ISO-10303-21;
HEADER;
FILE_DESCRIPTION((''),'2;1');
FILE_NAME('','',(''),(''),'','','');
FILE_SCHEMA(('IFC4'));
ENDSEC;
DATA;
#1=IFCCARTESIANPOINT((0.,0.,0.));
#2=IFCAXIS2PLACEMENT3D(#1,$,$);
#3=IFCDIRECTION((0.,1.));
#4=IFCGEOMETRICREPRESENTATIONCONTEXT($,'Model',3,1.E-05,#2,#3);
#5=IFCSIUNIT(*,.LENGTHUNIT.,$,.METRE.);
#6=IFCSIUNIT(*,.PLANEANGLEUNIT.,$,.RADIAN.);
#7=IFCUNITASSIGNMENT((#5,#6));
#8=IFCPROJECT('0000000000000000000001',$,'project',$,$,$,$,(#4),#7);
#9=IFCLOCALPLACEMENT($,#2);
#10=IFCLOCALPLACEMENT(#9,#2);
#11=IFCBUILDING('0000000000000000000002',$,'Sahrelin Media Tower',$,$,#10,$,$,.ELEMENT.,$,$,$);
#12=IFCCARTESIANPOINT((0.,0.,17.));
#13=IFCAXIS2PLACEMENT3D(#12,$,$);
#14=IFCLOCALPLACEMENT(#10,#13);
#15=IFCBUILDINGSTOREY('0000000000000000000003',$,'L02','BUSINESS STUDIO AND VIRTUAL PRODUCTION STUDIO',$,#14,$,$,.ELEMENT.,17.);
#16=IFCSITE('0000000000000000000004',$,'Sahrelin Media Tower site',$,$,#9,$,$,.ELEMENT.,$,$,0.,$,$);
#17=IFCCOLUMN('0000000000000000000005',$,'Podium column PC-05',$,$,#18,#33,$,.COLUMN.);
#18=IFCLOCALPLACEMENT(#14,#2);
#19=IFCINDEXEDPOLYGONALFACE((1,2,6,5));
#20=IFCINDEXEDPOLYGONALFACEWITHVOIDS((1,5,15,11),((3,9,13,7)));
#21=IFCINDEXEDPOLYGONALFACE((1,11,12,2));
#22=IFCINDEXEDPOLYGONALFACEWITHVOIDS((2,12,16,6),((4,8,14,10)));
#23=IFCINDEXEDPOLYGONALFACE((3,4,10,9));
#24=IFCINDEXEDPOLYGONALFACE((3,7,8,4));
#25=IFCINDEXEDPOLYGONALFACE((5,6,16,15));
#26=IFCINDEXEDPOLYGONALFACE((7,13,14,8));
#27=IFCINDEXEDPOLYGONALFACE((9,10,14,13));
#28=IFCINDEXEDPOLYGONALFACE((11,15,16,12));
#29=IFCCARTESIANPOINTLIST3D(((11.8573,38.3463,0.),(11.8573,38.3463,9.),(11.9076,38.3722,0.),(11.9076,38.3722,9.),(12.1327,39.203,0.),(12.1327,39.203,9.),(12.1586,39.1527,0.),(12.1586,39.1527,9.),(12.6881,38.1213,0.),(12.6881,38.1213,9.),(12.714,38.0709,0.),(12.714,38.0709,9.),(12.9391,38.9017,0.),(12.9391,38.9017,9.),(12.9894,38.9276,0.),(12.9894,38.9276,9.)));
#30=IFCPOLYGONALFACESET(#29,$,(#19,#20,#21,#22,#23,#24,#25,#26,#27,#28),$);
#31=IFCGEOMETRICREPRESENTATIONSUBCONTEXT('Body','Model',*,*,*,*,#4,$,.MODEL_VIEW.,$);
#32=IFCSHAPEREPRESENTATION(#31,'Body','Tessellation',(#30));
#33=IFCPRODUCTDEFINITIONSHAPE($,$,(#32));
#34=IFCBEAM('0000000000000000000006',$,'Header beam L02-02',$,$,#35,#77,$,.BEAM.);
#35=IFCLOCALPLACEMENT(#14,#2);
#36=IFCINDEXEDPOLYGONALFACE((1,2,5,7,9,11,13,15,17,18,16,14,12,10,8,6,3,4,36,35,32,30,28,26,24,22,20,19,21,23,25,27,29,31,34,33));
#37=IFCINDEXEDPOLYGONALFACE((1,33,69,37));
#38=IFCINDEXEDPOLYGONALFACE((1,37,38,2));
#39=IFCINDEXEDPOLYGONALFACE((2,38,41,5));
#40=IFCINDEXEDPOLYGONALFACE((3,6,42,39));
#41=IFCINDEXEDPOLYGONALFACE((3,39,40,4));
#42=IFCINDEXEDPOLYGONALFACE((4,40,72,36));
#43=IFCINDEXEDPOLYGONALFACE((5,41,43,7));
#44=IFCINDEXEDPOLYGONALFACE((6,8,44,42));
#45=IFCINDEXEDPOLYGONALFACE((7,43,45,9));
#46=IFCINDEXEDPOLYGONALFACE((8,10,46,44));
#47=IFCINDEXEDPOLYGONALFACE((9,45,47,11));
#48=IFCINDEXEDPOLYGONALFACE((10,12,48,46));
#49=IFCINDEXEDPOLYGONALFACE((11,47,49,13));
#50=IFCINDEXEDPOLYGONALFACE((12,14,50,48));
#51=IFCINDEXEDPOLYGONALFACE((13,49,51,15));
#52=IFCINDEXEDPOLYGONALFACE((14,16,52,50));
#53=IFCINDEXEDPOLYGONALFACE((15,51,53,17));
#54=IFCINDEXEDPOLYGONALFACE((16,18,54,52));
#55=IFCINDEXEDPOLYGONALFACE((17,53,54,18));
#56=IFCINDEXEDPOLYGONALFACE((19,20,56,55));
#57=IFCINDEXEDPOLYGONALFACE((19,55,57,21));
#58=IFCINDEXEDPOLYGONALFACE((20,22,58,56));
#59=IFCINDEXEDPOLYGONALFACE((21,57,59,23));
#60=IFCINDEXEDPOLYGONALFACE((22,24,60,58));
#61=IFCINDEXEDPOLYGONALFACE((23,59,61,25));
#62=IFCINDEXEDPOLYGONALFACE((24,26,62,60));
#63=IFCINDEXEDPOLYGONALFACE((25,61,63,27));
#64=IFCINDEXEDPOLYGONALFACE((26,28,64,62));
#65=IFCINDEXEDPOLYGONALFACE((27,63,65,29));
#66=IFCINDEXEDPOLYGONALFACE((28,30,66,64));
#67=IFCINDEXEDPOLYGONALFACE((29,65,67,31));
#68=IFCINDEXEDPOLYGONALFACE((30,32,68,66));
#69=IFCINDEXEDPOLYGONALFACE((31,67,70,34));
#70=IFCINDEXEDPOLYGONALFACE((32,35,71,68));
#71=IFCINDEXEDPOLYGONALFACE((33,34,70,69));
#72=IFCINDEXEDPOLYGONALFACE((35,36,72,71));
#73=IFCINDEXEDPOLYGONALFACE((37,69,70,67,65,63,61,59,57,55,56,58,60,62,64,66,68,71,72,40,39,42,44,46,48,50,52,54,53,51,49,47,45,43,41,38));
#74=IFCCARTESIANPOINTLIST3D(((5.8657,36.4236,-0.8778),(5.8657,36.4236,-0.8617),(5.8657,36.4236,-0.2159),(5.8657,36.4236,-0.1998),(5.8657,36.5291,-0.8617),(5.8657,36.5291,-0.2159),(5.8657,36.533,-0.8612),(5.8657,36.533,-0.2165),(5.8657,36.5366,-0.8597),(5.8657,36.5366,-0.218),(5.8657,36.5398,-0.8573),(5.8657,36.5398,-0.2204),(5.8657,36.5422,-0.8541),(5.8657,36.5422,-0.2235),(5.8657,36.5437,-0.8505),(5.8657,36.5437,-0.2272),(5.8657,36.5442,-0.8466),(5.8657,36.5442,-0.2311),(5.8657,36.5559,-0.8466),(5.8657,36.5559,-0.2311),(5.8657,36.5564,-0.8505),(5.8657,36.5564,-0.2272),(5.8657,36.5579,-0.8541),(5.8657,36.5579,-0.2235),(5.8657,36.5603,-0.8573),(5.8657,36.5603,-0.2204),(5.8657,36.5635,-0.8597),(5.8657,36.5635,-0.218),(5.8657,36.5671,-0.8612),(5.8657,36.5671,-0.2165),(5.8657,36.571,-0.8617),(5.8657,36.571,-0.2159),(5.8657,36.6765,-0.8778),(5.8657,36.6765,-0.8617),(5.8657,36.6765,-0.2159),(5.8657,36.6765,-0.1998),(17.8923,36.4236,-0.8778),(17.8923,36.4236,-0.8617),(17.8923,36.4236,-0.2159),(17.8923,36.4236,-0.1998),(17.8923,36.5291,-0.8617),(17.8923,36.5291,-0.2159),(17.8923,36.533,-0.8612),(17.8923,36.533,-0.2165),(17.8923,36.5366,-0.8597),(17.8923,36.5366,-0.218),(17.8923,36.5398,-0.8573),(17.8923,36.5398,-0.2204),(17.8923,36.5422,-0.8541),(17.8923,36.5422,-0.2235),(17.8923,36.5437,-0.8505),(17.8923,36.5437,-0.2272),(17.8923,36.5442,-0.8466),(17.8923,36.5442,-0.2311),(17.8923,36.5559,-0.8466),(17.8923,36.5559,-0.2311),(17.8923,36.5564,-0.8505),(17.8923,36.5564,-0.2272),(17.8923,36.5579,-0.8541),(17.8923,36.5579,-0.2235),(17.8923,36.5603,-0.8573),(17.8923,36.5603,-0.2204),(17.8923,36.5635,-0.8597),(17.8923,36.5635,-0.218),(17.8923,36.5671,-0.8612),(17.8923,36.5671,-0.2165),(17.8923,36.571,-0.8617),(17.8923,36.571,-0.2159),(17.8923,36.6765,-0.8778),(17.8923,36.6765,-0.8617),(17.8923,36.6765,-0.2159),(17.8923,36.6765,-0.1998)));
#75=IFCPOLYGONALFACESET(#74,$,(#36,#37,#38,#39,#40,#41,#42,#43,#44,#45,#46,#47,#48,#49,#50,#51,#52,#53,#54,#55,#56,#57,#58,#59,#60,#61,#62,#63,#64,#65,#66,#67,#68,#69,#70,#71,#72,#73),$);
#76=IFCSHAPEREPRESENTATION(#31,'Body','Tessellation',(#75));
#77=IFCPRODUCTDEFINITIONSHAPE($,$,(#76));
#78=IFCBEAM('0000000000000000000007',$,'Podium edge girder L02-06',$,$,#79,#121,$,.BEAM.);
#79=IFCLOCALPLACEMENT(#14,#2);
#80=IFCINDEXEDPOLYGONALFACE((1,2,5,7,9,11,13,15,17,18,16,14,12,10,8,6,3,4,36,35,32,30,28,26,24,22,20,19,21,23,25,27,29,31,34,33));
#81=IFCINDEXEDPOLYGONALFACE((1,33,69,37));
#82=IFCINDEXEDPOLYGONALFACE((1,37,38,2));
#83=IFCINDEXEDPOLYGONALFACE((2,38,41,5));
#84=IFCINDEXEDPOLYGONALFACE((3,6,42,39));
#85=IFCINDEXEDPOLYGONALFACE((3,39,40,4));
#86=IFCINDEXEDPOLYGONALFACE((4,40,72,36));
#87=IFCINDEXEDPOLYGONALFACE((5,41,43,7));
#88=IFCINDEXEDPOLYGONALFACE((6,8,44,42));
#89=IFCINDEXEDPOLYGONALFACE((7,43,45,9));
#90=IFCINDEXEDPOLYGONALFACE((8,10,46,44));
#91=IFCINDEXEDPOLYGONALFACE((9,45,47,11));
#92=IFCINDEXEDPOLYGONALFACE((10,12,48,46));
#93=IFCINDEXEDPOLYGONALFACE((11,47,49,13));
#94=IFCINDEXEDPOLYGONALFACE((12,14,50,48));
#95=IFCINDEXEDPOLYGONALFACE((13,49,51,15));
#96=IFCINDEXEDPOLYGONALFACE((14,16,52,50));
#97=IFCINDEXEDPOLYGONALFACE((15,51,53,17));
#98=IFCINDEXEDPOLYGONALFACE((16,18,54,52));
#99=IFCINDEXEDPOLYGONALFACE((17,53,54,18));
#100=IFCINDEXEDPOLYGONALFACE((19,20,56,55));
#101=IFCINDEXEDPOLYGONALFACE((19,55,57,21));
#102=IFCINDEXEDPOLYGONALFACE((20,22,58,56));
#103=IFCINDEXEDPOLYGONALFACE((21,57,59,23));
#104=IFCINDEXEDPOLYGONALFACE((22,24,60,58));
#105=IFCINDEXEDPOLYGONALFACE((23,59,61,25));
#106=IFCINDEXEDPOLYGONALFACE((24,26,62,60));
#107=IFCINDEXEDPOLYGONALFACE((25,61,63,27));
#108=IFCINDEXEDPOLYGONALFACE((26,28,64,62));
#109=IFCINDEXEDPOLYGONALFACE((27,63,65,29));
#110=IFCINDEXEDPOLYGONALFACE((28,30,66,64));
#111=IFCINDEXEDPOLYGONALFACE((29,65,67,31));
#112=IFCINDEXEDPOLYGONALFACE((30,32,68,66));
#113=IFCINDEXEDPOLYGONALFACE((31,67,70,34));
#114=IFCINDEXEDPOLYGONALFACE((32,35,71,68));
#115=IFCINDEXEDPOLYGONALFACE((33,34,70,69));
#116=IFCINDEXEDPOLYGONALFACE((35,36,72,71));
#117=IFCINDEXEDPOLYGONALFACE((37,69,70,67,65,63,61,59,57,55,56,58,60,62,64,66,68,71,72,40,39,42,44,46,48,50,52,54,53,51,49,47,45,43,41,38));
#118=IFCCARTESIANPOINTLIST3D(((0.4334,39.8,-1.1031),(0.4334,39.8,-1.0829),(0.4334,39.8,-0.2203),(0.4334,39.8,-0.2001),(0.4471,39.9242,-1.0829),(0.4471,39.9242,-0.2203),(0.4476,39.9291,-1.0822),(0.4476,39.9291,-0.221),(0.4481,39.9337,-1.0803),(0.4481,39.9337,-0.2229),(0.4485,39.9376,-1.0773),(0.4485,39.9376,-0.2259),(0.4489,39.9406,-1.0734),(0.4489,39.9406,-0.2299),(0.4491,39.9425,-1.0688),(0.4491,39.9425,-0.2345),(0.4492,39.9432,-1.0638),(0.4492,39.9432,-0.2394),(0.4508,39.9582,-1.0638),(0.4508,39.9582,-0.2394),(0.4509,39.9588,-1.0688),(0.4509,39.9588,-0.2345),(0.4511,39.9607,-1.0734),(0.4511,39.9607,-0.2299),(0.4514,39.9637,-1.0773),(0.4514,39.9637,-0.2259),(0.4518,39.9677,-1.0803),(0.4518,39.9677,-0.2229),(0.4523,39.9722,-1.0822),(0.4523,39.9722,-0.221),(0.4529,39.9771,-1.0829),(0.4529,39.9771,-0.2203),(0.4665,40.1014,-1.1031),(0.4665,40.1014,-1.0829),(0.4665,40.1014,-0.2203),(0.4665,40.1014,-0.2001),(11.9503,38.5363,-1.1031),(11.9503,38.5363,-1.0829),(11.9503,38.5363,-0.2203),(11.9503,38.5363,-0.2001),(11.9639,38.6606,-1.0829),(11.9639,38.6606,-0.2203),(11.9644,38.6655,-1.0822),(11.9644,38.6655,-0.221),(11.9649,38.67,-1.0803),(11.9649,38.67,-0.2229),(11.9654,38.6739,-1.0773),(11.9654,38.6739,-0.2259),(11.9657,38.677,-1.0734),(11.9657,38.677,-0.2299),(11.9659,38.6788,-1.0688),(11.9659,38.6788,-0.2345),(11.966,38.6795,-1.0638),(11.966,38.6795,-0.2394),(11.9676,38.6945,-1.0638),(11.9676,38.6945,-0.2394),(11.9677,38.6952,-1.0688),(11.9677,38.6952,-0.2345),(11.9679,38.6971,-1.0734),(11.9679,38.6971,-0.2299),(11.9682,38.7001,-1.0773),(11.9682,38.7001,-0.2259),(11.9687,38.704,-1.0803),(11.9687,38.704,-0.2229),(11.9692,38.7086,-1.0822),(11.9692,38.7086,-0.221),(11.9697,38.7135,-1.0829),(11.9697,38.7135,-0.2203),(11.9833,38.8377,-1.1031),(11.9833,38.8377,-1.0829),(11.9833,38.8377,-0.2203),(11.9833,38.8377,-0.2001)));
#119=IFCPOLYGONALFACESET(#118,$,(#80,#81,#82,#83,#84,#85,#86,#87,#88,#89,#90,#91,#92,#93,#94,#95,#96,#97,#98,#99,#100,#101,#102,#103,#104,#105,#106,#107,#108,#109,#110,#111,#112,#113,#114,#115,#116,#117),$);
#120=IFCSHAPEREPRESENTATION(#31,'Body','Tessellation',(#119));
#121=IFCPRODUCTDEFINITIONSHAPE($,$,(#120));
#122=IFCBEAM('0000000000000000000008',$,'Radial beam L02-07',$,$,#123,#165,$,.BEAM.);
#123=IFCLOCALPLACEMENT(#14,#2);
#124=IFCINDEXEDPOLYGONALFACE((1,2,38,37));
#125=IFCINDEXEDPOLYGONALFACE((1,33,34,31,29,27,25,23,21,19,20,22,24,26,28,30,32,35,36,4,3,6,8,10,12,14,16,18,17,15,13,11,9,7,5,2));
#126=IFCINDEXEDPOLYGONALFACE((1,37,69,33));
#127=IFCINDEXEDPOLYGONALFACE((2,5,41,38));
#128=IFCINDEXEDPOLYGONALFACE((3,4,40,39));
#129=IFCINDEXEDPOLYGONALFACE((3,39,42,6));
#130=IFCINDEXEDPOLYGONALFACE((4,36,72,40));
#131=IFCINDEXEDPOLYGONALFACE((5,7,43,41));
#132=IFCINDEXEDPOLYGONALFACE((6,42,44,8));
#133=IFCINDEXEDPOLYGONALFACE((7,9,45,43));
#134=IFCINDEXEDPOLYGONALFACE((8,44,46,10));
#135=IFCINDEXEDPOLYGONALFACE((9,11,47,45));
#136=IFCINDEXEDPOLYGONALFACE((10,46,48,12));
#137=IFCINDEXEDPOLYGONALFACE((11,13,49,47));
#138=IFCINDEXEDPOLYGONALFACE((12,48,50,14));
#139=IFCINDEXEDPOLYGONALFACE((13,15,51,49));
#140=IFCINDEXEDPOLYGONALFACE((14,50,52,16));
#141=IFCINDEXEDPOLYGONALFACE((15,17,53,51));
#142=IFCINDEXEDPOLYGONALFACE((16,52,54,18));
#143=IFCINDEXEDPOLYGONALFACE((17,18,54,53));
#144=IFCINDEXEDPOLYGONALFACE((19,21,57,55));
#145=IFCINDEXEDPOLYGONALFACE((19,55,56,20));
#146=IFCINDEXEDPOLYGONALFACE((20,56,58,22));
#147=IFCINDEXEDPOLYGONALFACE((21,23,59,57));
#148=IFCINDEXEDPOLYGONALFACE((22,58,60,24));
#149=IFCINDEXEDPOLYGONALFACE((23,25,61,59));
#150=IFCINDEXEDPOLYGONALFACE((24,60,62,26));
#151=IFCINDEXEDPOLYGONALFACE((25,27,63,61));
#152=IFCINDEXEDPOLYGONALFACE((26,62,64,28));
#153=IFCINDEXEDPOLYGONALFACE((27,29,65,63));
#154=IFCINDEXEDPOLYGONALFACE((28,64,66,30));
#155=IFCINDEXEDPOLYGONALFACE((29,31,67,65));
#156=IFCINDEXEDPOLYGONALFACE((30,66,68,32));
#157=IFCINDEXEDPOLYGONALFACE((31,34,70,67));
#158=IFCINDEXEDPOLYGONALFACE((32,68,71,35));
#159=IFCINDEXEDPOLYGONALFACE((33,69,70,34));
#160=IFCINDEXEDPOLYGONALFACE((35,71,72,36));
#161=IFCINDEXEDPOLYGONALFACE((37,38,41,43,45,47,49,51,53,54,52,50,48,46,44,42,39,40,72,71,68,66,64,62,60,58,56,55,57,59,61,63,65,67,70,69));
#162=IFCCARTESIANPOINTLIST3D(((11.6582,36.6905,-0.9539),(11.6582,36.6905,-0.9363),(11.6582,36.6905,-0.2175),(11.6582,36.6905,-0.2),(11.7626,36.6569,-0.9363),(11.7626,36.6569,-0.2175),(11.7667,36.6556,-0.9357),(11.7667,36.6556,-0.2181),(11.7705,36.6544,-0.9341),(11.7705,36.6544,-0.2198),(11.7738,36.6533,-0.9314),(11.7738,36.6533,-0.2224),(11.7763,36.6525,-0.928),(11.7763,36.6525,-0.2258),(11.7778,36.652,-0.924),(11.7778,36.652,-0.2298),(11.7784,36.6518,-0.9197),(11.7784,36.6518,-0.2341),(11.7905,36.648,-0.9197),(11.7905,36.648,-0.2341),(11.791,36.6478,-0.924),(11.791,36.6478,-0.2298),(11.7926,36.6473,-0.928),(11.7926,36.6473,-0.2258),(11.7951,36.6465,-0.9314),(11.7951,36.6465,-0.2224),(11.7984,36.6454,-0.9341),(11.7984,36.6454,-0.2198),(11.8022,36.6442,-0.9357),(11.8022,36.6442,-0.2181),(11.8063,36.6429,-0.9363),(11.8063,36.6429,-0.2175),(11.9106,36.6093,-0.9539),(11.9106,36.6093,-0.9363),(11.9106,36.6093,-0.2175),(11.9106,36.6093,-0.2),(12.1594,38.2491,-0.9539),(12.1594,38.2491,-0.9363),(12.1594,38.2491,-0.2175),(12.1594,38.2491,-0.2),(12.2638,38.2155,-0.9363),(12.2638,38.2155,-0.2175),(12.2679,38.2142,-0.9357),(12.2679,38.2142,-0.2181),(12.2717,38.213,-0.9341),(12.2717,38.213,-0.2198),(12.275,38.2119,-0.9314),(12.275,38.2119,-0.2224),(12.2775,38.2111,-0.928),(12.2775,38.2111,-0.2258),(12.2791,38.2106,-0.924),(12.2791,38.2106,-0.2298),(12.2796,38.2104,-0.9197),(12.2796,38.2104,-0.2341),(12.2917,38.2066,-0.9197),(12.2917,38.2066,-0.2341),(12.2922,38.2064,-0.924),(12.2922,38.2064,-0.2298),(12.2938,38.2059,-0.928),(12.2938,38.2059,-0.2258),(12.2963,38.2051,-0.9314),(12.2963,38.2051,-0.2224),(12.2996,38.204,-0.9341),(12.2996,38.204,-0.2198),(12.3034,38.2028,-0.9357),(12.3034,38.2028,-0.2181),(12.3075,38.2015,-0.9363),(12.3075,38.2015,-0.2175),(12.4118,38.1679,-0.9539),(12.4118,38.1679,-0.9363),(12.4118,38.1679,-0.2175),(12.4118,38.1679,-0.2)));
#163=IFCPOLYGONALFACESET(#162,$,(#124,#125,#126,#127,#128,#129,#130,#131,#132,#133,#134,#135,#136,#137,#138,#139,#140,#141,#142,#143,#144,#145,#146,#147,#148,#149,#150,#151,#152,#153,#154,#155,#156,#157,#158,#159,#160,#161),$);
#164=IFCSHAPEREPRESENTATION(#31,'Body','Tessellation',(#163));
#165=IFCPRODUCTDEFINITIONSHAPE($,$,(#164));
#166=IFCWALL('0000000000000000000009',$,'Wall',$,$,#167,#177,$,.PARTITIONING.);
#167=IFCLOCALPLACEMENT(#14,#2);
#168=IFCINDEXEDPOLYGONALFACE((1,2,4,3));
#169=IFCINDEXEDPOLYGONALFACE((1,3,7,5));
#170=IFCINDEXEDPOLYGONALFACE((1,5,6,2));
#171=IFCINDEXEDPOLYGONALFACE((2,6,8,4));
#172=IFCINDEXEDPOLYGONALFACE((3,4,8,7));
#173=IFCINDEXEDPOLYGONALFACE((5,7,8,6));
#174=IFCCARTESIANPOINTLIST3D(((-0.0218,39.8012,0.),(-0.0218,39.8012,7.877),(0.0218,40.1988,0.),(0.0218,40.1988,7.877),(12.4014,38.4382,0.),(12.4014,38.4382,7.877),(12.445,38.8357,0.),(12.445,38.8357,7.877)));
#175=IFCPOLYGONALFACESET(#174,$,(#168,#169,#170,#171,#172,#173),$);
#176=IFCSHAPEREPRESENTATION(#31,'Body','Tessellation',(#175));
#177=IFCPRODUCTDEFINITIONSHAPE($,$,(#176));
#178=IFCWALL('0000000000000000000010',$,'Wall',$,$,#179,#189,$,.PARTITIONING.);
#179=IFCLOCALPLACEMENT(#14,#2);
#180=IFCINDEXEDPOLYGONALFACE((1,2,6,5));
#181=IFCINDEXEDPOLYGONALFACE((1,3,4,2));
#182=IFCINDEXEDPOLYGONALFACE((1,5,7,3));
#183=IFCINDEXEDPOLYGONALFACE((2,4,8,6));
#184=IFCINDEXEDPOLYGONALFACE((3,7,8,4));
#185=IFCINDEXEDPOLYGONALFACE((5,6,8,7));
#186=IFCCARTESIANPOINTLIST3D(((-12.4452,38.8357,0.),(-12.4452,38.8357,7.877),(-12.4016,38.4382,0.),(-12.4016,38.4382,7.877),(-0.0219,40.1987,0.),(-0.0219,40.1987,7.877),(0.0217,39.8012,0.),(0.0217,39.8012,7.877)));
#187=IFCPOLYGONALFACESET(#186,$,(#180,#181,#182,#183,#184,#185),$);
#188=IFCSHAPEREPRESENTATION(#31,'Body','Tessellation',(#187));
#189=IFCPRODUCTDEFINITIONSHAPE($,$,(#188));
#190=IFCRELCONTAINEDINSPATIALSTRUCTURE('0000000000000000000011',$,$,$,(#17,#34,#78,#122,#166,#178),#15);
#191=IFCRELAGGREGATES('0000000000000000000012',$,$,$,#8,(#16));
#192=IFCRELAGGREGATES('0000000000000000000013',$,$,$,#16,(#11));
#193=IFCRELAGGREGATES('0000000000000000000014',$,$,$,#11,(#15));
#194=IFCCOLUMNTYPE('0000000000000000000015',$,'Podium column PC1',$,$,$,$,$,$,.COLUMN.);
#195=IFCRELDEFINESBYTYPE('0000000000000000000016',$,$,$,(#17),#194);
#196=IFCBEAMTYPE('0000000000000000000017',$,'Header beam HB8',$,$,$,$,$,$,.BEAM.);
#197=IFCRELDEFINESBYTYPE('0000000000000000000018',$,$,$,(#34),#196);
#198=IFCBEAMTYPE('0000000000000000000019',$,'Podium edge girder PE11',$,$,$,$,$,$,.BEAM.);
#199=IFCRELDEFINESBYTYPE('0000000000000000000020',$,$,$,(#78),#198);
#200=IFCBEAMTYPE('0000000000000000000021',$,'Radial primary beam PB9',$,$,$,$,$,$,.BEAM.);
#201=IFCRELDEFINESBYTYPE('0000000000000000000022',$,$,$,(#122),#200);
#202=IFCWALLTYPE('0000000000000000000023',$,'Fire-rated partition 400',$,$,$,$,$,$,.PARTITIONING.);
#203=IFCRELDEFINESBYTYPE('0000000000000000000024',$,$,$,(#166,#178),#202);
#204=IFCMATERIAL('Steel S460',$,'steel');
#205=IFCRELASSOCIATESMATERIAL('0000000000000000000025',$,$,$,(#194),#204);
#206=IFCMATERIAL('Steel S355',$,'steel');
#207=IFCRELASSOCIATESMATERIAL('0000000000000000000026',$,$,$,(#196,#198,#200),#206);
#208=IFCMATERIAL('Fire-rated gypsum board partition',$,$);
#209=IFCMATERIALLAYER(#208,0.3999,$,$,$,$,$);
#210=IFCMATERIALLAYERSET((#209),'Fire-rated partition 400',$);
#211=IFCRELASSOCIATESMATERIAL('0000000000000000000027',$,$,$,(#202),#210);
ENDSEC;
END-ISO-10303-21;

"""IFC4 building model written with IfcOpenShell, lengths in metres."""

from ifc_helpers import new_model, si_unit, direction, frame, frame_2d, origin, origin_2d, place, context, subcontext, project, spatial, rectangle, hollow_rectangle, i_section, extrude, material, layer, layer_set, material_profile, profile_set, type_object, element, save


model = new_model("IFC4")

# Units and contexts
model_context = context("Model", 3, precision=1e-05, world=origin(), true_north=direction((0.0, 1.0)))
body_context = subcontext(model_context, "Body", "Model", "MODEL_VIEW")
ifc_project = project(units=[si_unit("LENGTHUNIT", "METRE"), si_unit("PLANEANGLEUNIT", "RADIAN")], contexts=[model_context])

# Site, building, storey
site_placement = place(None, origin())
site = spatial("IfcSite", under=ifc_project, at=site_placement, Name="Sahrelin Media Tower site", CompositionType="ELEMENT", RefElevation=0.0)
building_placement = place(site_placement, origin())
building = spatial("IfcBuilding", under=site, at=building_placement, Name="Sahrelin Media Tower", CompositionType="ELEMENT")
storey_placement = place(building_placement, frame((0.0, 0.0, 17.0)))
storey = spatial("IfcBuildingStorey", under=building, at=storey_placement, Name="L02", Description="BUSINESS STUDIO AND VIRTUAL PRODUCTION STUDIO", CompositionType="ELEMENT", Elevation=17.0)

# Column
ifc_material_1 = material(Name="Steel S460", Category="steel")
ifc_material_profile_1 = material_profile(ifc_material_1, hollow_rectangle(XDim=0.8999, YDim=0.8999, WallThickness=0.04, at=origin_2d()), Name="Podium column PC1")
ifc_profile_set_1 = profile_set([ifc_material_profile_1], Name="Steel S460")
column_type = type_object("IfcColumnType", Name="Podium column PC1", PredefinedType="COLUMN", material=ifc_profile_set_1)
column_placement = place(storey_placement, frame((12.4233, 38.637, 0.0), z_axis=(0.0, 0.0, 1.0), x_axis=(0.306104, 0.951998, 0.0)))
element("IfcColumn", 1, at=column_placement, inside=storey, type_object=column_type, Name="Podium column PC-05", PredefinedType="COLUMN", context=body_context, shape_type="SweptSolid", body=[
    extrude(hollow_rectangle(XDim=0.8999, YDim=0.8999, WallThickness=0.04, at=origin_2d()), origin(), (0.0, 0.0, 1.0), 9.0),
])

# Beams
ifc_material_2 = material(Name="Steel S355", Category="steel")
ifc_material_profile_2 = material_profile(ifc_material_2, i_section(OverallWidth=0.2529, OverallDepth=0.678, WebThickness=0.0117, FlangeThickness=0.0161, FilletRadius=0.0151, at=origin_2d()), Name="UB 686x254x125")
ifc_profile_set_2 = profile_set([ifc_material_profile_2], Name="Steel S355")
beam_type_1 = type_object("IfcBeamType", Name="Header beam HB8", PredefinedType="BEAM", material=ifc_profile_set_2)
beam_1_placement = place(storey_placement, frame((5.8657, 36.55, -0.5388), z_axis=(1.0, 0.0, 0.0), x_axis=(0.0, 1.0, 0.0)))
element("IfcBeam", 2, at=beam_1_placement, inside=storey, type_object=beam_type_1, Name="Header beam L02-02", PredefinedType="BEAM", context=body_context, shape_type="SweptSolid", body=[
    extrude(i_section(OverallWidth=0.2529, OverallDepth=0.678, WebThickness=0.0117, FlangeThickness=0.0161, FilletRadius=0.0151, at=origin_2d()), origin(), (0.0, 0.0, 1.0), 12.0266),
])
ifc_material_profile_3 = material_profile(ifc_material_2, i_section(OverallWidth=0.3032, OverallDepth=0.9031, WebThickness=0.0151, FlangeThickness=0.0203, FilletRadius=0.019, at=origin_2d()), Name="UB 914x305x201")
ifc_profile_set_3 = profile_set([ifc_material_profile_3], Name="Steel S355")
beam_type_2 = type_object("IfcBeamType", Name="Podium edge girder PE11", PredefinedType="BEAM", material=ifc_profile_set_3)
beam_2_placement = place(storey_placement, frame((11.9668, 38.687, -0.6516), z_axis=(-0.994034, 0.109069, 0.0), x_axis=(-0.109069, -0.994034, 0.0)))
element("IfcBeam", 3, at=beam_2_placement, inside=storey, type_object=beam_type_2, Name="Podium edge girder L02-06", PredefinedType="BEAM", context=body_context, shape_type="SweptSolid", body=[
    extrude(i_section(OverallWidth=0.3032, OverallDepth=0.9031, WebThickness=0.0151, FlangeThickness=0.0203, FilletRadius=0.019, at=origin_2d()), origin(), (0.0, 0.0, 1.0), 11.5859),
])
ifc_material_profile_4 = material_profile(ifc_material_2, i_section(OverallWidth=0.2651, OverallDepth=0.7539, WebThickness=0.0127, FlangeThickness=0.0176, FilletRadius=0.0166, at=origin_2d()), Name="UB 762x267x147")
ifc_profile_set_4 = profile_set([ifc_material_profile_4], Name="Steel S355")
beam_type_3 = type_object("IfcBeamType", Name="Radial primary beam PB9", PredefinedType="BEAM", material=ifc_profile_set_4)
beam_3_placement = place(storey_placement, frame((11.7844, 36.6499, -0.5769), z_axis=(0.306144, 0.951985, 0.0), x_axis=(-0.951985, 0.306144, 0.0)))
element("IfcBeam", 4, at=beam_3_placement, inside=storey, type_object=beam_type_3, Name="Radial beam L02-07", PredefinedType="BEAM", context=body_context, shape_type="SweptSolid", body=[
    extrude(i_section(OverallWidth=0.2651, OverallDepth=0.7539, WebThickness=0.0127, FlangeThickness=0.0176, FilletRadius=0.0166, at=origin_2d()), origin(), (0.0, 0.0, 1.0), 1.6372),
])

# Walls
ifc_material_3 = material(Name="Fire-rated gypsum board partition")
ifc_layer_1 = layer(ifc_material_3, 0.3999)
ifc_layer_set_1 = layer_set([ifc_layer_1], Name="Fire-rated partition 400")
wall_type_1 = type_object("IfcWallType", Name="Fire-rated partition 400", PredefinedType="PARTITIONING", material=ifc_layer_set_1)
for number, where, z_axis, x_axis, name in (
    (5, (12.4233, 38.637, 0.0), (0.0, 0.0, 1.0), (-0.994035, 0.109061, 0.0), "Wall"),
    (6, (0.0, 40.0, 0.0), (0.0, 0.0, 1.0), (-0.994035, -0.109061, 0.0), "Wall"),
):
    element("IfcWall", number, at=place(storey_placement, frame(where, z_axis=z_axis, x_axis=x_axis)), inside=storey, type_object=wall_type_1, Name=name, PredefinedType="PARTITIONING", context=body_context, shape_type="SweptSolid", body=[
        extrude(rectangle(XDim=12.4978, YDim=0.3999, at=frame_2d((6.249, 0.0))), origin(), (0.0, 0.0, 1.0), 7.877),
    ])

save(model, "model.ifc")
